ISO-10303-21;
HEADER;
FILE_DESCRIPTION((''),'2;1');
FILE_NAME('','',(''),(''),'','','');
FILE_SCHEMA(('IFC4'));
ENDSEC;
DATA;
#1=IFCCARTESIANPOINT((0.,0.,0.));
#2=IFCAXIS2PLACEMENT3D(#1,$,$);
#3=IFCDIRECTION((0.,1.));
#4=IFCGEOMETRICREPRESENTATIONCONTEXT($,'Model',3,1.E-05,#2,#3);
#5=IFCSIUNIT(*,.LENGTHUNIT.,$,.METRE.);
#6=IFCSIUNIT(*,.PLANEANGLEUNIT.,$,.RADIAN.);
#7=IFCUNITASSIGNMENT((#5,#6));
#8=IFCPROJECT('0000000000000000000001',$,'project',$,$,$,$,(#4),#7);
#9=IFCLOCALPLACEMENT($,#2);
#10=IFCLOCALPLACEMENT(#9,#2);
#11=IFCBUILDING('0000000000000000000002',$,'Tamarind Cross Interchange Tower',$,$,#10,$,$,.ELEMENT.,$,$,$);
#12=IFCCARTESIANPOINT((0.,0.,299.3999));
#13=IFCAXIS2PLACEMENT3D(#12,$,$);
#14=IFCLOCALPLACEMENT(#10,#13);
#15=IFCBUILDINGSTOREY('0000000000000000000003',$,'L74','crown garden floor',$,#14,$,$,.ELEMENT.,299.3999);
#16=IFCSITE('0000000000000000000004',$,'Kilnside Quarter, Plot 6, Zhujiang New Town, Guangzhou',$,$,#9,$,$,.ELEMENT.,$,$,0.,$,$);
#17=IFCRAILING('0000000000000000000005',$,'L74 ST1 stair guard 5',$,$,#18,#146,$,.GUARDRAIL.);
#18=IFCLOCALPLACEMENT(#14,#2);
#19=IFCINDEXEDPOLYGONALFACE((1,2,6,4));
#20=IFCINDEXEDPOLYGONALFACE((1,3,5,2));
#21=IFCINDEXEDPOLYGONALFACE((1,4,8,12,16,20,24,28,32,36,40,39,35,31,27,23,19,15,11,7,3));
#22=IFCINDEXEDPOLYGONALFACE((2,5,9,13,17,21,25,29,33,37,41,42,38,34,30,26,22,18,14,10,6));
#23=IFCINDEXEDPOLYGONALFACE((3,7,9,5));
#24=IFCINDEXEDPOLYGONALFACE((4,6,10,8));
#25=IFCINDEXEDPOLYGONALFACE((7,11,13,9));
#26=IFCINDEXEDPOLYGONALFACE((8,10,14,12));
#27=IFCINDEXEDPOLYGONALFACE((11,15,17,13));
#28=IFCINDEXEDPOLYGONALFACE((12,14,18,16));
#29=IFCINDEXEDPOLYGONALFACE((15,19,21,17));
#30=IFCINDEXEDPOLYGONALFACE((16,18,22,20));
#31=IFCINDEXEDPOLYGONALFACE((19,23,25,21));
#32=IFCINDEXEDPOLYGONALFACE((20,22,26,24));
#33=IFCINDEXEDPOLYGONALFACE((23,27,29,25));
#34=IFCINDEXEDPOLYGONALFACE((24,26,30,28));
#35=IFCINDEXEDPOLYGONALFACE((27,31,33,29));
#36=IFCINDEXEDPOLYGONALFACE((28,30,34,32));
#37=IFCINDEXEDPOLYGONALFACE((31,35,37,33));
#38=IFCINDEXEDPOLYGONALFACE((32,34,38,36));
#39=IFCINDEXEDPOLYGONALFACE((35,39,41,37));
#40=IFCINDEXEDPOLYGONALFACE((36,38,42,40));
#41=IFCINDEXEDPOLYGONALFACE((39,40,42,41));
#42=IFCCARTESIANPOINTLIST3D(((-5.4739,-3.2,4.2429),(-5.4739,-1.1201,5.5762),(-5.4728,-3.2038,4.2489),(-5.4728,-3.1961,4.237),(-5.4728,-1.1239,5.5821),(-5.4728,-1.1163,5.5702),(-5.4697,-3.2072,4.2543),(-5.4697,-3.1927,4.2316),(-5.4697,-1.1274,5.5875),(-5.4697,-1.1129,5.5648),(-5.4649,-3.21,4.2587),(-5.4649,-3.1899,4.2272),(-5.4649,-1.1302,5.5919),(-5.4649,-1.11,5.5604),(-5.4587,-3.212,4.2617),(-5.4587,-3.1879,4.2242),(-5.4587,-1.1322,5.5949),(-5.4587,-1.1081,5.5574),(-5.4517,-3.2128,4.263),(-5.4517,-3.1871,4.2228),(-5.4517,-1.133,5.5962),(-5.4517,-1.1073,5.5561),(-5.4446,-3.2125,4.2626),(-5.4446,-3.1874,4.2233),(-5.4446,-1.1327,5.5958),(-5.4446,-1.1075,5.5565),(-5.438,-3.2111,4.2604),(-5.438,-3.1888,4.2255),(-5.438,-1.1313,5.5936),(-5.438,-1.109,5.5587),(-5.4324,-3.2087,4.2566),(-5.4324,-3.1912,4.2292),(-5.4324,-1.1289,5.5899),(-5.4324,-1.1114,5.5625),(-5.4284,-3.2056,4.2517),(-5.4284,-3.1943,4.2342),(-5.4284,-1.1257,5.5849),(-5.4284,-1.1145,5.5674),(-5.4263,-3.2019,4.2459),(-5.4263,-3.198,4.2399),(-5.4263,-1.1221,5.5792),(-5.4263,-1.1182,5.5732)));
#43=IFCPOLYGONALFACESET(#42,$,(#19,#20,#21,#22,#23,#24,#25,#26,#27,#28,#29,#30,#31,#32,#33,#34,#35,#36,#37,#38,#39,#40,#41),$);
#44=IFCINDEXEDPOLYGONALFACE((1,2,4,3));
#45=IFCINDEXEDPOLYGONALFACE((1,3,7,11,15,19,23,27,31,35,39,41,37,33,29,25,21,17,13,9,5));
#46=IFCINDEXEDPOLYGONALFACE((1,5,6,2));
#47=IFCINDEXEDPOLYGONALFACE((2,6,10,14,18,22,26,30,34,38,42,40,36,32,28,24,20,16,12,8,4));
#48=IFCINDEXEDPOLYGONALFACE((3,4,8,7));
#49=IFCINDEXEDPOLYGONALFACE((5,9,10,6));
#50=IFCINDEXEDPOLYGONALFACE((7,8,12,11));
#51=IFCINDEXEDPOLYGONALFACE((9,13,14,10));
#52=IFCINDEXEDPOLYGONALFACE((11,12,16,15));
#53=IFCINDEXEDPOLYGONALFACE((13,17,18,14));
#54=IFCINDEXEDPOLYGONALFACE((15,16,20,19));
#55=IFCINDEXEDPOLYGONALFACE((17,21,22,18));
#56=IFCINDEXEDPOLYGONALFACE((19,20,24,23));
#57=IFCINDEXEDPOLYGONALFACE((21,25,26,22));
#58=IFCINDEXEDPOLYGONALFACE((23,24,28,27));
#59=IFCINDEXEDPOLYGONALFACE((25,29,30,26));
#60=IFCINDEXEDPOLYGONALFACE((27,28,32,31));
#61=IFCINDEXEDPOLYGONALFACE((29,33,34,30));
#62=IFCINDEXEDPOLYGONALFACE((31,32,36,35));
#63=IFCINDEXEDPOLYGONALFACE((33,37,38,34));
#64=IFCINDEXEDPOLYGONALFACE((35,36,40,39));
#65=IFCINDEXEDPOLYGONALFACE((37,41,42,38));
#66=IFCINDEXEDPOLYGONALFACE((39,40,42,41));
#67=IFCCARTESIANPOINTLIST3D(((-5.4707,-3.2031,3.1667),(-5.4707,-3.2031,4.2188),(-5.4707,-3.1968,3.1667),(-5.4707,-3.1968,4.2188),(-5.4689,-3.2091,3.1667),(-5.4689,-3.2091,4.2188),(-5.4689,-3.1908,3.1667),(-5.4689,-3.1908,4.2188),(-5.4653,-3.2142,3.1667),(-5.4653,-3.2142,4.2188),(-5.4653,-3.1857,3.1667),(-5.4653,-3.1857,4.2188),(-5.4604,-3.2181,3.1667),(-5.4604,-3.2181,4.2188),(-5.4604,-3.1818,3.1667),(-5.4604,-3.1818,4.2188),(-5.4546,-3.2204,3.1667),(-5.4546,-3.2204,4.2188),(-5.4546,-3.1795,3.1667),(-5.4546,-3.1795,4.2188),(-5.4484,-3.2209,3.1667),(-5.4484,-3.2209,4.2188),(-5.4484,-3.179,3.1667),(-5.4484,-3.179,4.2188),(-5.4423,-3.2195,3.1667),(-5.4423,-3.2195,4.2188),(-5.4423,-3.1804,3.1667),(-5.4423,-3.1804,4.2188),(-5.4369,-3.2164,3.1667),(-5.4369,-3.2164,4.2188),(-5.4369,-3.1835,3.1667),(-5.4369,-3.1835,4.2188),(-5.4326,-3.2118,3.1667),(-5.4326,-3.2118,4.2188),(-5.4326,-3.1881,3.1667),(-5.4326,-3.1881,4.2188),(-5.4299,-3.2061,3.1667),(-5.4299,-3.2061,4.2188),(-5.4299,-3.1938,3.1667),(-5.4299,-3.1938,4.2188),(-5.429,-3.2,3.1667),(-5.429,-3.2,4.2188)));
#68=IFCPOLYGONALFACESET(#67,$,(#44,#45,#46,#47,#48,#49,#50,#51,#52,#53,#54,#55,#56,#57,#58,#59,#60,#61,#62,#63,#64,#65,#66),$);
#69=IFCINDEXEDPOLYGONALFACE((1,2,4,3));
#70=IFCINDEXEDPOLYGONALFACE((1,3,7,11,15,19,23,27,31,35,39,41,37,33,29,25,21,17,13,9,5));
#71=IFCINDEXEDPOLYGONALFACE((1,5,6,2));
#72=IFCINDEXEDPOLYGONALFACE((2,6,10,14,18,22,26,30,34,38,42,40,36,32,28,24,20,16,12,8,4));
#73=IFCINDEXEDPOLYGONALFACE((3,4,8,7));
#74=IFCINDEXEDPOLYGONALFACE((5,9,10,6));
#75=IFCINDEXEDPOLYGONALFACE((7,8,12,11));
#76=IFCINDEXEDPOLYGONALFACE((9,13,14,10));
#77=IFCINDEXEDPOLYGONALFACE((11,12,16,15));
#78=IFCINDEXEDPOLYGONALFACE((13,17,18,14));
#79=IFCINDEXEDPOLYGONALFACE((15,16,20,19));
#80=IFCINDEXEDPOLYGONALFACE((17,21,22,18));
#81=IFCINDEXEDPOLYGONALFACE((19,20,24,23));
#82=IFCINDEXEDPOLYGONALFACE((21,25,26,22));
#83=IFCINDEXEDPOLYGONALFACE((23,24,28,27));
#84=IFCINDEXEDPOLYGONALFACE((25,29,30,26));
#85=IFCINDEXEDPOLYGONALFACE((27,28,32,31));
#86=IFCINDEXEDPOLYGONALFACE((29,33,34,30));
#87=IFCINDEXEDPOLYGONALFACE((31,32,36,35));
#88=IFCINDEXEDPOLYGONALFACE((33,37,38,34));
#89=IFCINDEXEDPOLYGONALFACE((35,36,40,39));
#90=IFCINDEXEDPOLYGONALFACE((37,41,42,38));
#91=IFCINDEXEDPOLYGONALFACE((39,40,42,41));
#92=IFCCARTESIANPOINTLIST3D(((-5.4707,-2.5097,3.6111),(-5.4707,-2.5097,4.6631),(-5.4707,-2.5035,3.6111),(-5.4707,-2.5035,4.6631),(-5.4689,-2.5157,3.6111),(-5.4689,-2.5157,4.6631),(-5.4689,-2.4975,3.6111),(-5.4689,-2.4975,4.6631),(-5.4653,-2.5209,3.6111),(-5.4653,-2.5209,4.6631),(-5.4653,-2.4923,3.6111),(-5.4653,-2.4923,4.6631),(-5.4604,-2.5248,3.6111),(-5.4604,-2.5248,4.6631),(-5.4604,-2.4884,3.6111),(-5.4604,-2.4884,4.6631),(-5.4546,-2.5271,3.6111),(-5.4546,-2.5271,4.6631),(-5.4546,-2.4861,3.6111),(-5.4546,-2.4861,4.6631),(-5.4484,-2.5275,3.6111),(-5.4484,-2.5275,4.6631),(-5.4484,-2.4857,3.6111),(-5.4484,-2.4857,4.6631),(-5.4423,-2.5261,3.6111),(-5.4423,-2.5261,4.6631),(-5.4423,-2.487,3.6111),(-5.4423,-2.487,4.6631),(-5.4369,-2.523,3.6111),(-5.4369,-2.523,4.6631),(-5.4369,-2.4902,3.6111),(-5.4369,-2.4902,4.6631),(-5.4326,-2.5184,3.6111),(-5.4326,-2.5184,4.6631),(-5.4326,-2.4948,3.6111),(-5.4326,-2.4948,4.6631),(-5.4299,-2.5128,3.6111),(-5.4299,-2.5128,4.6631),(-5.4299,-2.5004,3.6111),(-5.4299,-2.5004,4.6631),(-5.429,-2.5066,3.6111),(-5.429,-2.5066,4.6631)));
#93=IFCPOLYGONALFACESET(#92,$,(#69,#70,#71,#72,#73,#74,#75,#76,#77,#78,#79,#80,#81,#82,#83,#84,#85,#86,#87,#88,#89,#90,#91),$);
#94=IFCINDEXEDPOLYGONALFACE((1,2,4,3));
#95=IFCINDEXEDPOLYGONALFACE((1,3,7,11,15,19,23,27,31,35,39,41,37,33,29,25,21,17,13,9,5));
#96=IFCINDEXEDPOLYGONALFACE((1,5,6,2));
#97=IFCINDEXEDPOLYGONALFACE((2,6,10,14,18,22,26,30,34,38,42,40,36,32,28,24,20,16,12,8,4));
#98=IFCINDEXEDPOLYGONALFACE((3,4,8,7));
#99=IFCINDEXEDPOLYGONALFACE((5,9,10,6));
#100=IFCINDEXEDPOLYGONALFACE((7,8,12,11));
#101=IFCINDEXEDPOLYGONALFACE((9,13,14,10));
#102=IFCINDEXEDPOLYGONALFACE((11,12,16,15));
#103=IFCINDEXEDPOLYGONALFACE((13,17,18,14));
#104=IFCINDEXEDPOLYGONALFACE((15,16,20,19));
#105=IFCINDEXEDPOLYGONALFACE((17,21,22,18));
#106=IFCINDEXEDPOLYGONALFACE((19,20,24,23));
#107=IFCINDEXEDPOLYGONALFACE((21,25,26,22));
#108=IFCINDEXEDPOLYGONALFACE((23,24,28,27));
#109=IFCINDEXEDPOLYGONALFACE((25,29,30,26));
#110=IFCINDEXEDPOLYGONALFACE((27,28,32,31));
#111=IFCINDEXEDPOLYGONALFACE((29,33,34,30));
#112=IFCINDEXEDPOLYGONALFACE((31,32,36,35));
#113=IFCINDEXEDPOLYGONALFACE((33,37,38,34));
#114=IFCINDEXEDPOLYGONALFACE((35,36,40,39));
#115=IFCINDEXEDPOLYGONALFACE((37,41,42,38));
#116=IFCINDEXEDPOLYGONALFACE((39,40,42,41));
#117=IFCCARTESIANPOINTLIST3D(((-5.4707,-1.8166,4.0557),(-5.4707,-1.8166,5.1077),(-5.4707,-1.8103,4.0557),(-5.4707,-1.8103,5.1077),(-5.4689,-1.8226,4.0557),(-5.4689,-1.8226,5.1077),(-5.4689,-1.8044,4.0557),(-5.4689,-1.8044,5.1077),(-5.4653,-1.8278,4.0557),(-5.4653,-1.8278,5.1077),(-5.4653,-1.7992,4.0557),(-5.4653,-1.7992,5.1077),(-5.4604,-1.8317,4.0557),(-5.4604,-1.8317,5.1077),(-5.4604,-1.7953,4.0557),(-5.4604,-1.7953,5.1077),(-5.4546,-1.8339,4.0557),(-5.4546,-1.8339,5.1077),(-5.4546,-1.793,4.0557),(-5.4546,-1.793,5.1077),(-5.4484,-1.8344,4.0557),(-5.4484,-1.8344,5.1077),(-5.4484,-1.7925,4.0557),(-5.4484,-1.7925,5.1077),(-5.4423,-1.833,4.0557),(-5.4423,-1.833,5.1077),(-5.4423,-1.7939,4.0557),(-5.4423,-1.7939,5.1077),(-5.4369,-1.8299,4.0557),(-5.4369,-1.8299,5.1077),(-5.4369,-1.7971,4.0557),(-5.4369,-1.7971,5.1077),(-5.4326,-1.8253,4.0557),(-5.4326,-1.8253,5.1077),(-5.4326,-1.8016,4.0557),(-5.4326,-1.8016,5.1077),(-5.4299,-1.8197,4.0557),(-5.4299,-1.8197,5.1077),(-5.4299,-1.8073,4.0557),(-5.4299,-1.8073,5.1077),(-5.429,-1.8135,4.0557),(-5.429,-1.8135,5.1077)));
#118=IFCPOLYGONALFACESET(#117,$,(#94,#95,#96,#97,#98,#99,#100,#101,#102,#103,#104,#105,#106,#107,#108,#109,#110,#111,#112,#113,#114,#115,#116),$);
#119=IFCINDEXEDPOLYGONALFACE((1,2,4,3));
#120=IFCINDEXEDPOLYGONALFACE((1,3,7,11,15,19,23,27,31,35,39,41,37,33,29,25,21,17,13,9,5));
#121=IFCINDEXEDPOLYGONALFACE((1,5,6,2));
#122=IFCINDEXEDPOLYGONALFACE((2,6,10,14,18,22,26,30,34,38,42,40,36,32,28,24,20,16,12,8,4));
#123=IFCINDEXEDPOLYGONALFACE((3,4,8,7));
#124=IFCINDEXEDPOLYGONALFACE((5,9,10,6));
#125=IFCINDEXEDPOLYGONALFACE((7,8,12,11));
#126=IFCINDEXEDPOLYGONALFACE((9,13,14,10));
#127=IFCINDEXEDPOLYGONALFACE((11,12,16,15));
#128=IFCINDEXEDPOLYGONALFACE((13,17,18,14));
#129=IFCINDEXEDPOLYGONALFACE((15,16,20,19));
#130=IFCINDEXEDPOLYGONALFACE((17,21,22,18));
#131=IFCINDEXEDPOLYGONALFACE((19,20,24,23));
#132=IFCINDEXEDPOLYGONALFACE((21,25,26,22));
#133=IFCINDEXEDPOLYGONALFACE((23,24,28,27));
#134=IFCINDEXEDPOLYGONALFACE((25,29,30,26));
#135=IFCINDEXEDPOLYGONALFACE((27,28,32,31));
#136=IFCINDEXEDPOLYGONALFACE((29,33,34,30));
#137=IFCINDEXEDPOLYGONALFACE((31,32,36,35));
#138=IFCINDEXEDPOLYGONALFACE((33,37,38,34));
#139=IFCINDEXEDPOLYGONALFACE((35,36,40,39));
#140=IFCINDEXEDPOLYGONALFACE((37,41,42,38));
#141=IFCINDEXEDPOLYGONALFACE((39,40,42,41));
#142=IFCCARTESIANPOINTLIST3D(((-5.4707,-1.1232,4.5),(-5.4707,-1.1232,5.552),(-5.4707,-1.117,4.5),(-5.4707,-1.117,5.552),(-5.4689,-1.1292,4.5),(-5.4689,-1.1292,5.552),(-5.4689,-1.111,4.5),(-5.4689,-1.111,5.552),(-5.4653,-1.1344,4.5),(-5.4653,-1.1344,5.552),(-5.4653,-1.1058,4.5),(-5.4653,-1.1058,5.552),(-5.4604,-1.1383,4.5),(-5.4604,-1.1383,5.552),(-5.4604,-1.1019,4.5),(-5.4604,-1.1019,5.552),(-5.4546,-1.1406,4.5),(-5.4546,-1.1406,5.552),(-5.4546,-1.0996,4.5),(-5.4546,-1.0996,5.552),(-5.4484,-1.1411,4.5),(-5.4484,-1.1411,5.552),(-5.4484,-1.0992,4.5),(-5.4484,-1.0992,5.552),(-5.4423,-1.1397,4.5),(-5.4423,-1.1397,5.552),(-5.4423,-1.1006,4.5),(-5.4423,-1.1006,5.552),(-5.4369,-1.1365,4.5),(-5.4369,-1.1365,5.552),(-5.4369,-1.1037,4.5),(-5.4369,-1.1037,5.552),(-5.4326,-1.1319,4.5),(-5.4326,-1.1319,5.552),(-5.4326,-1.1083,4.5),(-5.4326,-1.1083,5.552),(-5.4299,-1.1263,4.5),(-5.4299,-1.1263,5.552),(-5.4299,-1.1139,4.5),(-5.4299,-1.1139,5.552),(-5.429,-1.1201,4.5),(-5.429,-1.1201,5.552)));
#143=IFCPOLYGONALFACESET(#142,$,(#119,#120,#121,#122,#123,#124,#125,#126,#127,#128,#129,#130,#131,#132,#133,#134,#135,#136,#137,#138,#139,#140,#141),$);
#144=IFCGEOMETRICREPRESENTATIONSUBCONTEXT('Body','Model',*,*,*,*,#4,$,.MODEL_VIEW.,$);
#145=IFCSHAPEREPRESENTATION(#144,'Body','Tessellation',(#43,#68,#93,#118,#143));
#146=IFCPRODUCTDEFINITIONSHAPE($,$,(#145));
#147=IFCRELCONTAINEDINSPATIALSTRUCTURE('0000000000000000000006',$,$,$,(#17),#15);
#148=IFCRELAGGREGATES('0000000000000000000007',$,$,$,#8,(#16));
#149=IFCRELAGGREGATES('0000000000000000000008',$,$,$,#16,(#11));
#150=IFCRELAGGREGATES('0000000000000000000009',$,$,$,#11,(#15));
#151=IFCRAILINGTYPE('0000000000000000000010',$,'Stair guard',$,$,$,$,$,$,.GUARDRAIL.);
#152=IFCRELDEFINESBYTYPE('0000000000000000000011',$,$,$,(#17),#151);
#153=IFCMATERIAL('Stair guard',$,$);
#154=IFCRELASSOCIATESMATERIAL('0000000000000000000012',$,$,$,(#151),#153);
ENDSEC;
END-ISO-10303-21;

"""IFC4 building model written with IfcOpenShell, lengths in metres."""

from ifc_helpers import new_model, si_unit, direction, frame, origin, origin_2d, place, context, subcontext, project, spatial, circle, extrude, material, type_object, element, save


model = new_model("IFC4")

# Units and contexts
model_context = context("Model", 3, precision=1e-05, world=origin(), true_north=direction((0.0, 1.0)))
body_context = subcontext(model_context, "Body", "Model", "MODEL_VIEW")
ifc_project = project(units=[si_unit("LENGTHUNIT", "METRE"), si_unit("PLANEANGLEUNIT", "RADIAN")], contexts=[model_context])

# Site, building, storey
site_placement = place(None, origin())
site = spatial("IfcSite", under=ifc_project, at=site_placement, Name="Kilnside Quarter, Plot 6, Zhujiang New Town, Guangzhou", CompositionType="ELEMENT", RefElevation=0.0)
building_placement = place(site_placement, origin())
building = spatial("IfcBuilding", under=site, at=building_placement, Name="Tamarind Cross Interchange Tower", CompositionType="ELEMENT")
storey_placement = place(building_placement, frame((0.0, 0.0, 299.3999)))
storey = spatial("IfcBuildingStorey", under=building, at=storey_placement, Name="L74", Description="crown garden floor", CompositionType="ELEMENT", Elevation=299.3999)

# Railing
ifc_material_1 = material(Name="Stair guard")
railing_type_1 = type_object("IfcRailingType", Name="Stair guard", PredefinedType="GUARDRAIL", material=ifc_material_1)
railing_1_placement = place(storey_placement, frame((-5.45, -3.2, 3.1667)))
element("IfcRailing", 1, at=railing_1_placement, inside=storey, type_object=railing_type_1, Name="L74 ST1 stair guard 5", PredefinedType="GUARDRAIL", context=body_context, shape_type="SweptSolid", body=[
    extrude(circle(Radius=0.0239, at=origin_2d()), frame((0.0, 0.0, 1.0762), z_axis=(0.0, 0.841875, 0.539673), x_axis=(-1.0, 0.0, 0.0)), (0.0, 0.0, 1.0), 2.4705),
    extrude(circle(Radius=0.021, at=origin_2d()), origin(), (0.0, 0.0, 1.0), 1.052),
    extrude(circle(Radius=0.021, at=origin_2d()), frame((0.0, 0.6934, 0.4443)), (0.0, 0.0, 1.0), 1.052),
    extrude(circle(Radius=0.021, at=origin_2d()), frame((0.0, 1.3865, 0.8889)), (0.0, 0.0, 1.0), 1.052),
    extrude(circle(Radius=0.021, at=origin_2d()), frame((0.0, 2.0798, 1.3333)), (0.0, 0.0, 1.0), 1.052),
])

save(model, "model.ifc")
